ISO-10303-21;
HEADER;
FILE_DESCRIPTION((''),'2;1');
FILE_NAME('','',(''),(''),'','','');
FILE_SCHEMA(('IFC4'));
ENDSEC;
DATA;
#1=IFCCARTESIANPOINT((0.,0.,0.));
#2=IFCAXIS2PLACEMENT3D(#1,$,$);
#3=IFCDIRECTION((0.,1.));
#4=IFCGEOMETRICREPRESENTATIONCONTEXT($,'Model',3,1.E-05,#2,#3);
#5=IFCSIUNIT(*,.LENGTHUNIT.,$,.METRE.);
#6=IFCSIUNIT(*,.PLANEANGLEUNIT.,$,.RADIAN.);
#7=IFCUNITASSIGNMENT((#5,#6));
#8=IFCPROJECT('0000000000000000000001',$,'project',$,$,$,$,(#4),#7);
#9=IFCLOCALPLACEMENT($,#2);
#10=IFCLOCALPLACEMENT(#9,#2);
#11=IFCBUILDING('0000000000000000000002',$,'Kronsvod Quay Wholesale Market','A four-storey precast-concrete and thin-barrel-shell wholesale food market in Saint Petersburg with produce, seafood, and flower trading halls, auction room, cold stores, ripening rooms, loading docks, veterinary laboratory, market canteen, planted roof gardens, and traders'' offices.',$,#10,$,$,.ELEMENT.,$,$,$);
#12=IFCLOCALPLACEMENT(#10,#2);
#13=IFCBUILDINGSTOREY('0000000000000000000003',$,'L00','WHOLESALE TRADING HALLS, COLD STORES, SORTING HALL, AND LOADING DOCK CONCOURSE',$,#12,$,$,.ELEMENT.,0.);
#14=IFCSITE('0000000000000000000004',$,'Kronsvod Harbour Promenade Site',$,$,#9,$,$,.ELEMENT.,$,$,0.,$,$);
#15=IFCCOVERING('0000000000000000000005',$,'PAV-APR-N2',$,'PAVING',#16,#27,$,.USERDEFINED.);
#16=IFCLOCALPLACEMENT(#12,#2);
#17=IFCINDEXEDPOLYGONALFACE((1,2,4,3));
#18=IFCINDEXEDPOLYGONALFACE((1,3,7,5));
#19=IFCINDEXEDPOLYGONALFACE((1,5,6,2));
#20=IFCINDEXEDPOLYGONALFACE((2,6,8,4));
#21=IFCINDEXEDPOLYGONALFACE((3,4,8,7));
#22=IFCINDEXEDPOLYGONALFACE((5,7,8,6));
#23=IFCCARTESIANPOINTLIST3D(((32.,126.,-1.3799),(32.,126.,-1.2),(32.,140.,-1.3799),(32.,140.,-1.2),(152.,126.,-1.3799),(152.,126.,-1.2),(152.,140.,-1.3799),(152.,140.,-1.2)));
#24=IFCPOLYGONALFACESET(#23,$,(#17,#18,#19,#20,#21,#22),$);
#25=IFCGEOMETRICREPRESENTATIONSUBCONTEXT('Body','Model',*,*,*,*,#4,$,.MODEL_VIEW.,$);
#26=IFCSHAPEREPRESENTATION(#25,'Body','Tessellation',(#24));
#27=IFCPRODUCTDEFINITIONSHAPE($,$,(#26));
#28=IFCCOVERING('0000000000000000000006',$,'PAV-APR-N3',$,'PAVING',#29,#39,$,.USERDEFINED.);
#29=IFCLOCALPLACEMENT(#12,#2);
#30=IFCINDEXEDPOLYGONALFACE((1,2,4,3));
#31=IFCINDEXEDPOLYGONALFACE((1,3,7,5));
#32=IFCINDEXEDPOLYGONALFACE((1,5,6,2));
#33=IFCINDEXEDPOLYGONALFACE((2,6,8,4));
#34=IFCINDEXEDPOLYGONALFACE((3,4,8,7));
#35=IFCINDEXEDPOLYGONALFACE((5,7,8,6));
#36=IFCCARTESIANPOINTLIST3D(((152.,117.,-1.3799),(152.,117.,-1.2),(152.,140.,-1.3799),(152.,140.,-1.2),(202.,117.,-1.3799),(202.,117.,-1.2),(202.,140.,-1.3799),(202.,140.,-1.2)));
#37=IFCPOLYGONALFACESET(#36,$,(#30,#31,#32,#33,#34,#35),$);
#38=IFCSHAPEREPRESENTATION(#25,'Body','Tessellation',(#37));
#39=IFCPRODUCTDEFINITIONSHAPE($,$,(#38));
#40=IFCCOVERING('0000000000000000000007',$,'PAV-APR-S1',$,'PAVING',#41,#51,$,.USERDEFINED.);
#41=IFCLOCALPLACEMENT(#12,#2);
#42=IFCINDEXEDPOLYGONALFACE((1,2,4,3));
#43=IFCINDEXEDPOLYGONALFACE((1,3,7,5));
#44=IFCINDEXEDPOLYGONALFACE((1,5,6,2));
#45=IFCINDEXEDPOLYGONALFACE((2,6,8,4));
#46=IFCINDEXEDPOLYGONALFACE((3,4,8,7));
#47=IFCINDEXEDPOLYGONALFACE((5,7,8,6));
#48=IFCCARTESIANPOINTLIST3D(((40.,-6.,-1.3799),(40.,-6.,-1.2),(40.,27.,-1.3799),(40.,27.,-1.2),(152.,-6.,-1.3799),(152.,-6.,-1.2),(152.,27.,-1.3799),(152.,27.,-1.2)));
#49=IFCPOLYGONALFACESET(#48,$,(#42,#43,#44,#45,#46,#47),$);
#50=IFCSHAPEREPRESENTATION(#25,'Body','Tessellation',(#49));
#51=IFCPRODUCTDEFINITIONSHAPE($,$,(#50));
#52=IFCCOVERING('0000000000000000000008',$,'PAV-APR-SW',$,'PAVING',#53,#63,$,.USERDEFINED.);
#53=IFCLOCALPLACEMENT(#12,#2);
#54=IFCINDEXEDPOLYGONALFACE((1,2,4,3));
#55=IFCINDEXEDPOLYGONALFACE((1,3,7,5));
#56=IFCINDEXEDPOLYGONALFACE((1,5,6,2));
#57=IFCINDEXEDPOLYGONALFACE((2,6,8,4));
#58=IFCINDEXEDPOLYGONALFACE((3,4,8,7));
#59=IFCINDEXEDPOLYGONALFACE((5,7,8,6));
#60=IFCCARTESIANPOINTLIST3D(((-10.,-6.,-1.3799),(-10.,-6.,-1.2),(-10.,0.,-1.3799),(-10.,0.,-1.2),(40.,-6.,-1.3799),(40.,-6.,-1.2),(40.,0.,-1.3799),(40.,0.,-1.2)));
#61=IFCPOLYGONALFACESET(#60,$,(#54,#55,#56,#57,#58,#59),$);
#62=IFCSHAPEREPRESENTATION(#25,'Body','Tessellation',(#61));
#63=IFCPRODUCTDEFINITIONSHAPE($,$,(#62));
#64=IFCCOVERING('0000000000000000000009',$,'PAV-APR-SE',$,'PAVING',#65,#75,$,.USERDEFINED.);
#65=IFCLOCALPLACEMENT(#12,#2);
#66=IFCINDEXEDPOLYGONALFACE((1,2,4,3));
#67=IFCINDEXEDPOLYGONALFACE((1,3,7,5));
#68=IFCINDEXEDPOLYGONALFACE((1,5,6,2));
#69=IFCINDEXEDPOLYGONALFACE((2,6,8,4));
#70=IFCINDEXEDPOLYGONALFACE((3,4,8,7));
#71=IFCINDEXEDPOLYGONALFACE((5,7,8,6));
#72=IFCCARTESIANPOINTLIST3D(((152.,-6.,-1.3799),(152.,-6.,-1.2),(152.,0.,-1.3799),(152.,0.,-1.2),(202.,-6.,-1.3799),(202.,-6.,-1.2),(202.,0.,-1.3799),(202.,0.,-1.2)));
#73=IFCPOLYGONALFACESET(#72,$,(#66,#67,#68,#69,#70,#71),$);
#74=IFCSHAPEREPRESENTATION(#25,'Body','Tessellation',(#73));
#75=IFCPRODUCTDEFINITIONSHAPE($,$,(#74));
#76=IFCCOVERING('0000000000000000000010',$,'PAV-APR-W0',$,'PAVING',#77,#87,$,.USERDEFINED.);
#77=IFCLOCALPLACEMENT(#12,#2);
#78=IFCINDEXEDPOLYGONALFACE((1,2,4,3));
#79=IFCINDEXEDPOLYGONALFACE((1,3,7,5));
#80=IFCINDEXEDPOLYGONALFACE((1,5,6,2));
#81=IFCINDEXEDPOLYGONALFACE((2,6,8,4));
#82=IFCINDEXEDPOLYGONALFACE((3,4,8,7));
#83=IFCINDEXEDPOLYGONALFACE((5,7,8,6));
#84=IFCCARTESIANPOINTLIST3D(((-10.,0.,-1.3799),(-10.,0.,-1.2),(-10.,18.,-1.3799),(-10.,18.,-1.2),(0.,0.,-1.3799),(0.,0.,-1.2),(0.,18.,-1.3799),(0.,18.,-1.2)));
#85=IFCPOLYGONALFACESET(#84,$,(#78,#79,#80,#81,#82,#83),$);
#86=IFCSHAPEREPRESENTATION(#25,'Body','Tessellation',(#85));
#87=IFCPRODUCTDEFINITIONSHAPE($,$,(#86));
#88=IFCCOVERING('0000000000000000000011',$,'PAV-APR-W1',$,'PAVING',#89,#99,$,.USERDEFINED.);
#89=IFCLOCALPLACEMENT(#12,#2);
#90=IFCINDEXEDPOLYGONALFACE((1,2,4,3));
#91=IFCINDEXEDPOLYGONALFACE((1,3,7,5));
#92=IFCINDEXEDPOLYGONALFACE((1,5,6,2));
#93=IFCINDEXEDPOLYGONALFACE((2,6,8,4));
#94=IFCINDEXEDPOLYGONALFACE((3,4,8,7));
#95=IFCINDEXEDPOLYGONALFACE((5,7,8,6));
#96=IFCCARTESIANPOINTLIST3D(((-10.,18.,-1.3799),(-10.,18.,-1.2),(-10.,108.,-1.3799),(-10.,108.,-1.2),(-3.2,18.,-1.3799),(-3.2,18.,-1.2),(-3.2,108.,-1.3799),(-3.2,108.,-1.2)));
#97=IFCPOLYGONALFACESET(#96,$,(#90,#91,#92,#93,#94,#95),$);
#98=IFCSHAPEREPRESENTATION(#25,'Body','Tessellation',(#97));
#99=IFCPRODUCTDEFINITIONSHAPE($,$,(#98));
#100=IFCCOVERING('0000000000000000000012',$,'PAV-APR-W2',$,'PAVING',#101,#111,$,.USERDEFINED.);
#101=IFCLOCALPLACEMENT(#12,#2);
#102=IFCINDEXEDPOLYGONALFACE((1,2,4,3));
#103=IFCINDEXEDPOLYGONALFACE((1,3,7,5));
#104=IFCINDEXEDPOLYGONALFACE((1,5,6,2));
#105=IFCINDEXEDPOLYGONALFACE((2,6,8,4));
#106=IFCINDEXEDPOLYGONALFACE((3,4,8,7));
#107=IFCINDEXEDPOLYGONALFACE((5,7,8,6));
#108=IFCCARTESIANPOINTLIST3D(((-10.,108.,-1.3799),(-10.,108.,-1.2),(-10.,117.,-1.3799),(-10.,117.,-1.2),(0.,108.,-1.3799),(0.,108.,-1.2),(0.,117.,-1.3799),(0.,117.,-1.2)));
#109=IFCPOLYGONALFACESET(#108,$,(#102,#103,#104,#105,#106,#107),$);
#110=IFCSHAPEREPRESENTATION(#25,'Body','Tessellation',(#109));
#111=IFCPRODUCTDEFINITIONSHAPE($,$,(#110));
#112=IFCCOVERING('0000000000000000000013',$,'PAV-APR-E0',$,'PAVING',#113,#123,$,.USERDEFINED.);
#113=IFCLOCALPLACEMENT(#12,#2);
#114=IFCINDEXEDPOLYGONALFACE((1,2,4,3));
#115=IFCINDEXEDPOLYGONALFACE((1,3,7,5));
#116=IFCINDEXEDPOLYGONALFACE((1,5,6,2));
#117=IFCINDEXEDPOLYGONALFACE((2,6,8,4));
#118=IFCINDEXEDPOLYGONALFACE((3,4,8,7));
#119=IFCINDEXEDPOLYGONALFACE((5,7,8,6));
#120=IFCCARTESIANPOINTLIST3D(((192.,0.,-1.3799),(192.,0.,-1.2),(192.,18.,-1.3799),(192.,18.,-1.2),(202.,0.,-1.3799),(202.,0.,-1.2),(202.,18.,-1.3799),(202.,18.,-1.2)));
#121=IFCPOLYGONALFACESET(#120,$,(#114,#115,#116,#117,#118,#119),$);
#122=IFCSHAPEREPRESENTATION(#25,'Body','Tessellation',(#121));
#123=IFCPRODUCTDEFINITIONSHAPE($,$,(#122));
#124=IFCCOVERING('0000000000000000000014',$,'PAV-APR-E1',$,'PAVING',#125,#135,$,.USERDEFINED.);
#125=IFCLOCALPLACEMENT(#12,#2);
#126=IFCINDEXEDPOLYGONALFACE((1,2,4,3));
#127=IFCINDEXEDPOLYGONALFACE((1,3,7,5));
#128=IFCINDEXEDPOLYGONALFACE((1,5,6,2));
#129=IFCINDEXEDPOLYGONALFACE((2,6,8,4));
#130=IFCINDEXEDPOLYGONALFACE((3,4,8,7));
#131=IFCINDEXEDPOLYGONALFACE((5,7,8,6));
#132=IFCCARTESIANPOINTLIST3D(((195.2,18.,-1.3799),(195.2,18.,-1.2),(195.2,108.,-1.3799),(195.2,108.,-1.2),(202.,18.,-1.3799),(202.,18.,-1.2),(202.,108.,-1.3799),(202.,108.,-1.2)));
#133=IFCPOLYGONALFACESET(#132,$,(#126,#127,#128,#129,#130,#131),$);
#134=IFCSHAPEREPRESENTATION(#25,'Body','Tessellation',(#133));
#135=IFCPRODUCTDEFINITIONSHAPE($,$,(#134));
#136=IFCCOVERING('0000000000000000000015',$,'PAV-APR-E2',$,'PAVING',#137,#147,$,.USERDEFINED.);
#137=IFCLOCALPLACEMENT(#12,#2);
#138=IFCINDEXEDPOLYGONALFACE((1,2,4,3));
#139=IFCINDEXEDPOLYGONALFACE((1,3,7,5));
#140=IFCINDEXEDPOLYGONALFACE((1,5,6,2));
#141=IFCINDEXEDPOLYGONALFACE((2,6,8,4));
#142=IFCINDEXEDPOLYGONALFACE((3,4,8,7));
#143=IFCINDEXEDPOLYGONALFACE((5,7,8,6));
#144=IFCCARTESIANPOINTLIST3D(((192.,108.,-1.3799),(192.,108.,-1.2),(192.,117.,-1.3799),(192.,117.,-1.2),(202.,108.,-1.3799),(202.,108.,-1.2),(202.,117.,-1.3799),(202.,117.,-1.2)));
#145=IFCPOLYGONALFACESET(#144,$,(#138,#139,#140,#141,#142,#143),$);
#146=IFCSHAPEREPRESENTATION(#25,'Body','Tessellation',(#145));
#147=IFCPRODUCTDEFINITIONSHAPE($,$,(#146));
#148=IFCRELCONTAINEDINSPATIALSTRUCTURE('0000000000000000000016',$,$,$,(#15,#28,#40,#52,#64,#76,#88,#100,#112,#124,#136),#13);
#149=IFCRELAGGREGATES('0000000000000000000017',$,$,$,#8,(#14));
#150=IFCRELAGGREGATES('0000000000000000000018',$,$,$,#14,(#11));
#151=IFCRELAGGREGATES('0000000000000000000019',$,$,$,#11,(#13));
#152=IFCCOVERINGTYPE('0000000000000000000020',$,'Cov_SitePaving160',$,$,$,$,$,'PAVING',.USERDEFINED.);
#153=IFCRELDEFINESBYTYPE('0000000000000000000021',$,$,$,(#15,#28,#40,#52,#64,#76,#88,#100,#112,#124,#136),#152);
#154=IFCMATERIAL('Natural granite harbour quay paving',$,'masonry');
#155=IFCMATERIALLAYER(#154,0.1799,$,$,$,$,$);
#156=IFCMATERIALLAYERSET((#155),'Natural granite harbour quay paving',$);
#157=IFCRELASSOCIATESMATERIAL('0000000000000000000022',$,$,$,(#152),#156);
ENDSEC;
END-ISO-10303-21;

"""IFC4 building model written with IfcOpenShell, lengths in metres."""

from ifc_helpers import new_model, si_unit, direction, frame, origin, place, context, subcontext, project, spatial, polyline, outline, extrude, material, layer, layer_set, type_object, element, save


model = new_model("IFC4")

# Units and contexts
model_context = context("Model", 3, precision=1e-05, world=origin(), true_north=direction((0.0, 1.0)))
body_context = subcontext(model_context, "Body", "Model", "MODEL_VIEW")
ifc_project = project(units=[si_unit("LENGTHUNIT", "METRE"), si_unit("PLANEANGLEUNIT", "RADIAN")], contexts=[model_context])

# Site, building, storey
site_placement = place(None, origin())
site = spatial("IfcSite", under=ifc_project, at=site_placement, Name="Kronsvod Harbour Promenade Site", CompositionType="ELEMENT", RefElevation=0.0)
building_placement = place(site_placement, origin())
building = spatial("IfcBuilding", under=site, at=building_placement, Name="Kronsvod Quay Wholesale Market", Description="A four-storey precast-concrete and thin-barrel-shell wholesale food market in Saint Petersburg with produce, seafood, and flower trading halls, auction room, cold stores, ripening rooms, loading docks, veterinary laboratory, market canteen, planted roof gardens, and traders' offices.", CompositionType="ELEMENT")
storey_placement = place(building_placement, origin())
storey = spatial("IfcBuildingStorey", under=building, at=storey_placement, Name="L00", Description="WHOLESALE TRADING HALLS, COLD STORES, SORTING HALL, AND LOADING DOCK CONCOURSE", CompositionType="ELEMENT", Elevation=0.0)

# Coverings
ifc_material_1 = material(Name="Natural granite harbour quay paving", Category="masonry")
ifc_layer_1 = layer(ifc_material_1, 0.1799)
ifc_layer_set_1 = layer_set([ifc_layer_1], Name="Natural granite harbour quay paving")
covering_type = type_object("IfcCoveringType", Name="Cov_SitePaving160", ElementType="PAVING", PredefinedType="USERDEFINED", material=ifc_layer_set_1)
covering_1_placement = place(storey_placement, frame((0.0, 0.0, -1.3799)))
element("IfcCovering", 1, at=covering_1_placement, inside=storey, type_object=covering_type, Name="PAV-APR-N2", ObjectType="PAVING", PredefinedType="USERDEFINED", context=body_context, shape_type="SweptSolid", body=[
    extrude(outline(polyline([(32.0, 126.0), (152.0, 126.0), (152.0, 140.0), (32.0, 140.0), (32.0, 126.0)])), origin(), (0.0, 0.0, 1.0), 0.1799),
])
covering_2_placement = place(storey_placement, frame((0.0, 0.0, -1.3799)))
element("IfcCovering", 2, at=covering_2_placement, inside=storey, type_object=covering_type, Name="PAV-APR-N3", ObjectType="PAVING", PredefinedType="USERDEFINED", context=body_context, shape_type="SweptSolid", body=[
    extrude(outline(polyline([(152.0, 117.0), (202.0, 117.0), (202.0, 140.0), (152.0, 140.0), (152.0, 117.0)])), origin(), (0.0, 0.0, 1.0), 0.1799),
])
covering_3_placement = place(storey_placement, frame((0.0, 0.0, -1.3799)))
element("IfcCovering", 3, at=covering_3_placement, inside=storey, type_object=covering_type, Name="PAV-APR-S1", ObjectType="PAVING", PredefinedType="USERDEFINED", context=body_context, shape_type="SweptSolid", body=[
    extrude(outline(polyline([(40.0, -6.0), (152.0, -6.0), (152.0, 27.0), (40.0, 27.0), (40.0, -6.0)])), origin(), (0.0, 0.0, 1.0), 0.1799),
])
covering_4_placement = place(storey_placement, frame((0.0, 0.0, -1.3799)))
element("IfcCovering", 4, at=covering_4_placement, inside=storey, type_object=covering_type, Name="PAV-APR-SW", ObjectType="PAVING", PredefinedType="USERDEFINED", context=body_context, shape_type="SweptSolid", body=[
    extrude(outline(polyline([(-10.0, -6.0), (40.0, -6.0), (40.0, 0.0), (-10.0, 0.0), (-10.0, -6.0)])), origin(), (0.0, 0.0, 1.0), 0.1799),
])
covering_5_placement = place(storey_placement, frame((0.0, 0.0, -1.3799)))
element("IfcCovering", 5, at=covering_5_placement, inside=storey, type_object=covering_type, Name="PAV-APR-SE", ObjectType="PAVING", PredefinedType="USERDEFINED", context=body_context, shape_type="SweptSolid", body=[
    extrude(outline(polyline([(152.0, -6.0), (202.0, -6.0), (202.0, 0.0), (152.0, 0.0), (152.0, -6.0)])), origin(), (0.0, 0.0, 1.0), 0.1799),
])
covering_6_placement = place(storey_placement, frame((0.0, 0.0, -1.3799)))
element("IfcCovering", 6, at=covering_6_placement, inside=storey, type_object=covering_type, Name="PAV-APR-W0", ObjectType="PAVING", PredefinedType="USERDEFINED", context=body_context, shape_type="SweptSolid", body=[
    extrude(outline(polyline([(-10.0, 0.0), (0.0, 0.0), (0.0, 18.0), (-10.0, 18.0), (-10.0, 0.0)])), origin(), (0.0, 0.0, 1.0), 0.1799),
])
covering_7_placement = place(storey_placement, frame((0.0, 0.0, -1.3799)))
element("IfcCovering", 7, at=covering_7_placement, inside=storey, type_object=covering_type, Name="PAV-APR-W1", ObjectType="PAVING", PredefinedType="USERDEFINED", context=body_context, shape_type="SweptSolid", body=[
    extrude(outline(polyline([(-10.0, 18.0), (-3.2, 18.0), (-3.2, 108.0), (-10.0, 108.0), (-10.0, 18.0)])), origin(), (0.0, 0.0, 1.0), 0.1799),
])
covering_8_placement = place(storey_placement, frame((0.0, 0.0, -1.3799)))
element("IfcCovering", 8, at=covering_8_placement, inside=storey, type_object=covering_type, Name="PAV-APR-W2", ObjectType="PAVING", PredefinedType="USERDEFINED", context=body_context, shape_type="SweptSolid", body=[
    extrude(outline(polyline([(-10.0, 108.0), (0.0, 108.0), (0.0, 117.0), (-10.0, 117.0), (-10.0, 108.0)])), origin(), (0.0, 0.0, 1.0), 0.1799),
])
covering_9_placement = place(storey_placement, frame((0.0, 0.0, -1.3799)))
element("IfcCovering", 9, at=covering_9_placement, inside=storey, type_object=covering_type, Name="PAV-APR-E0", ObjectType="PAVING", PredefinedType="USERDEFINED", context=body_context, shape_type="SweptSolid", body=[
    extrude(outline(polyline([(192.0, 0.0), (202.0, 0.0), (202.0, 18.0), (192.0, 18.0), (192.0, 0.0)])), origin(), (0.0, 0.0, 1.0), 0.1799),
])
covering_10_placement = place(storey_placement, frame((0.0, 0.0, -1.3799)))
element("IfcCovering", 10, at=covering_10_placement, inside=storey, type_object=covering_type, Name="PAV-APR-E1", ObjectType="PAVING", PredefinedType="USERDEFINED", context=body_context, shape_type="SweptSolid", body=[
    extrude(outline(polyline([(195.2, 18.0), (202.0, 18.0), (202.0, 108.0), (195.2, 108.0), (195.2, 18.0)])), origin(), (0.0, 0.0, 1.0), 0.1799),
])
covering_11_placement = place(storey_placement, frame((0.0, 0.0, -1.3799)))
element("IfcCovering", 11, at=covering_11_placement, inside=storey, type_object=covering_type, Name="PAV-APR-E2", ObjectType="PAVING", PredefinedType="USERDEFINED", context=body_context, shape_type="SweptSolid", body=[
    extrude(outline(polyline([(192.0, 108.0), (202.0, 108.0), (202.0, 117.0), (192.0, 117.0), (192.0, 108.0)])), origin(), (0.0, 0.0, 1.0), 0.1799),
])

save(model, "model.ifc")
